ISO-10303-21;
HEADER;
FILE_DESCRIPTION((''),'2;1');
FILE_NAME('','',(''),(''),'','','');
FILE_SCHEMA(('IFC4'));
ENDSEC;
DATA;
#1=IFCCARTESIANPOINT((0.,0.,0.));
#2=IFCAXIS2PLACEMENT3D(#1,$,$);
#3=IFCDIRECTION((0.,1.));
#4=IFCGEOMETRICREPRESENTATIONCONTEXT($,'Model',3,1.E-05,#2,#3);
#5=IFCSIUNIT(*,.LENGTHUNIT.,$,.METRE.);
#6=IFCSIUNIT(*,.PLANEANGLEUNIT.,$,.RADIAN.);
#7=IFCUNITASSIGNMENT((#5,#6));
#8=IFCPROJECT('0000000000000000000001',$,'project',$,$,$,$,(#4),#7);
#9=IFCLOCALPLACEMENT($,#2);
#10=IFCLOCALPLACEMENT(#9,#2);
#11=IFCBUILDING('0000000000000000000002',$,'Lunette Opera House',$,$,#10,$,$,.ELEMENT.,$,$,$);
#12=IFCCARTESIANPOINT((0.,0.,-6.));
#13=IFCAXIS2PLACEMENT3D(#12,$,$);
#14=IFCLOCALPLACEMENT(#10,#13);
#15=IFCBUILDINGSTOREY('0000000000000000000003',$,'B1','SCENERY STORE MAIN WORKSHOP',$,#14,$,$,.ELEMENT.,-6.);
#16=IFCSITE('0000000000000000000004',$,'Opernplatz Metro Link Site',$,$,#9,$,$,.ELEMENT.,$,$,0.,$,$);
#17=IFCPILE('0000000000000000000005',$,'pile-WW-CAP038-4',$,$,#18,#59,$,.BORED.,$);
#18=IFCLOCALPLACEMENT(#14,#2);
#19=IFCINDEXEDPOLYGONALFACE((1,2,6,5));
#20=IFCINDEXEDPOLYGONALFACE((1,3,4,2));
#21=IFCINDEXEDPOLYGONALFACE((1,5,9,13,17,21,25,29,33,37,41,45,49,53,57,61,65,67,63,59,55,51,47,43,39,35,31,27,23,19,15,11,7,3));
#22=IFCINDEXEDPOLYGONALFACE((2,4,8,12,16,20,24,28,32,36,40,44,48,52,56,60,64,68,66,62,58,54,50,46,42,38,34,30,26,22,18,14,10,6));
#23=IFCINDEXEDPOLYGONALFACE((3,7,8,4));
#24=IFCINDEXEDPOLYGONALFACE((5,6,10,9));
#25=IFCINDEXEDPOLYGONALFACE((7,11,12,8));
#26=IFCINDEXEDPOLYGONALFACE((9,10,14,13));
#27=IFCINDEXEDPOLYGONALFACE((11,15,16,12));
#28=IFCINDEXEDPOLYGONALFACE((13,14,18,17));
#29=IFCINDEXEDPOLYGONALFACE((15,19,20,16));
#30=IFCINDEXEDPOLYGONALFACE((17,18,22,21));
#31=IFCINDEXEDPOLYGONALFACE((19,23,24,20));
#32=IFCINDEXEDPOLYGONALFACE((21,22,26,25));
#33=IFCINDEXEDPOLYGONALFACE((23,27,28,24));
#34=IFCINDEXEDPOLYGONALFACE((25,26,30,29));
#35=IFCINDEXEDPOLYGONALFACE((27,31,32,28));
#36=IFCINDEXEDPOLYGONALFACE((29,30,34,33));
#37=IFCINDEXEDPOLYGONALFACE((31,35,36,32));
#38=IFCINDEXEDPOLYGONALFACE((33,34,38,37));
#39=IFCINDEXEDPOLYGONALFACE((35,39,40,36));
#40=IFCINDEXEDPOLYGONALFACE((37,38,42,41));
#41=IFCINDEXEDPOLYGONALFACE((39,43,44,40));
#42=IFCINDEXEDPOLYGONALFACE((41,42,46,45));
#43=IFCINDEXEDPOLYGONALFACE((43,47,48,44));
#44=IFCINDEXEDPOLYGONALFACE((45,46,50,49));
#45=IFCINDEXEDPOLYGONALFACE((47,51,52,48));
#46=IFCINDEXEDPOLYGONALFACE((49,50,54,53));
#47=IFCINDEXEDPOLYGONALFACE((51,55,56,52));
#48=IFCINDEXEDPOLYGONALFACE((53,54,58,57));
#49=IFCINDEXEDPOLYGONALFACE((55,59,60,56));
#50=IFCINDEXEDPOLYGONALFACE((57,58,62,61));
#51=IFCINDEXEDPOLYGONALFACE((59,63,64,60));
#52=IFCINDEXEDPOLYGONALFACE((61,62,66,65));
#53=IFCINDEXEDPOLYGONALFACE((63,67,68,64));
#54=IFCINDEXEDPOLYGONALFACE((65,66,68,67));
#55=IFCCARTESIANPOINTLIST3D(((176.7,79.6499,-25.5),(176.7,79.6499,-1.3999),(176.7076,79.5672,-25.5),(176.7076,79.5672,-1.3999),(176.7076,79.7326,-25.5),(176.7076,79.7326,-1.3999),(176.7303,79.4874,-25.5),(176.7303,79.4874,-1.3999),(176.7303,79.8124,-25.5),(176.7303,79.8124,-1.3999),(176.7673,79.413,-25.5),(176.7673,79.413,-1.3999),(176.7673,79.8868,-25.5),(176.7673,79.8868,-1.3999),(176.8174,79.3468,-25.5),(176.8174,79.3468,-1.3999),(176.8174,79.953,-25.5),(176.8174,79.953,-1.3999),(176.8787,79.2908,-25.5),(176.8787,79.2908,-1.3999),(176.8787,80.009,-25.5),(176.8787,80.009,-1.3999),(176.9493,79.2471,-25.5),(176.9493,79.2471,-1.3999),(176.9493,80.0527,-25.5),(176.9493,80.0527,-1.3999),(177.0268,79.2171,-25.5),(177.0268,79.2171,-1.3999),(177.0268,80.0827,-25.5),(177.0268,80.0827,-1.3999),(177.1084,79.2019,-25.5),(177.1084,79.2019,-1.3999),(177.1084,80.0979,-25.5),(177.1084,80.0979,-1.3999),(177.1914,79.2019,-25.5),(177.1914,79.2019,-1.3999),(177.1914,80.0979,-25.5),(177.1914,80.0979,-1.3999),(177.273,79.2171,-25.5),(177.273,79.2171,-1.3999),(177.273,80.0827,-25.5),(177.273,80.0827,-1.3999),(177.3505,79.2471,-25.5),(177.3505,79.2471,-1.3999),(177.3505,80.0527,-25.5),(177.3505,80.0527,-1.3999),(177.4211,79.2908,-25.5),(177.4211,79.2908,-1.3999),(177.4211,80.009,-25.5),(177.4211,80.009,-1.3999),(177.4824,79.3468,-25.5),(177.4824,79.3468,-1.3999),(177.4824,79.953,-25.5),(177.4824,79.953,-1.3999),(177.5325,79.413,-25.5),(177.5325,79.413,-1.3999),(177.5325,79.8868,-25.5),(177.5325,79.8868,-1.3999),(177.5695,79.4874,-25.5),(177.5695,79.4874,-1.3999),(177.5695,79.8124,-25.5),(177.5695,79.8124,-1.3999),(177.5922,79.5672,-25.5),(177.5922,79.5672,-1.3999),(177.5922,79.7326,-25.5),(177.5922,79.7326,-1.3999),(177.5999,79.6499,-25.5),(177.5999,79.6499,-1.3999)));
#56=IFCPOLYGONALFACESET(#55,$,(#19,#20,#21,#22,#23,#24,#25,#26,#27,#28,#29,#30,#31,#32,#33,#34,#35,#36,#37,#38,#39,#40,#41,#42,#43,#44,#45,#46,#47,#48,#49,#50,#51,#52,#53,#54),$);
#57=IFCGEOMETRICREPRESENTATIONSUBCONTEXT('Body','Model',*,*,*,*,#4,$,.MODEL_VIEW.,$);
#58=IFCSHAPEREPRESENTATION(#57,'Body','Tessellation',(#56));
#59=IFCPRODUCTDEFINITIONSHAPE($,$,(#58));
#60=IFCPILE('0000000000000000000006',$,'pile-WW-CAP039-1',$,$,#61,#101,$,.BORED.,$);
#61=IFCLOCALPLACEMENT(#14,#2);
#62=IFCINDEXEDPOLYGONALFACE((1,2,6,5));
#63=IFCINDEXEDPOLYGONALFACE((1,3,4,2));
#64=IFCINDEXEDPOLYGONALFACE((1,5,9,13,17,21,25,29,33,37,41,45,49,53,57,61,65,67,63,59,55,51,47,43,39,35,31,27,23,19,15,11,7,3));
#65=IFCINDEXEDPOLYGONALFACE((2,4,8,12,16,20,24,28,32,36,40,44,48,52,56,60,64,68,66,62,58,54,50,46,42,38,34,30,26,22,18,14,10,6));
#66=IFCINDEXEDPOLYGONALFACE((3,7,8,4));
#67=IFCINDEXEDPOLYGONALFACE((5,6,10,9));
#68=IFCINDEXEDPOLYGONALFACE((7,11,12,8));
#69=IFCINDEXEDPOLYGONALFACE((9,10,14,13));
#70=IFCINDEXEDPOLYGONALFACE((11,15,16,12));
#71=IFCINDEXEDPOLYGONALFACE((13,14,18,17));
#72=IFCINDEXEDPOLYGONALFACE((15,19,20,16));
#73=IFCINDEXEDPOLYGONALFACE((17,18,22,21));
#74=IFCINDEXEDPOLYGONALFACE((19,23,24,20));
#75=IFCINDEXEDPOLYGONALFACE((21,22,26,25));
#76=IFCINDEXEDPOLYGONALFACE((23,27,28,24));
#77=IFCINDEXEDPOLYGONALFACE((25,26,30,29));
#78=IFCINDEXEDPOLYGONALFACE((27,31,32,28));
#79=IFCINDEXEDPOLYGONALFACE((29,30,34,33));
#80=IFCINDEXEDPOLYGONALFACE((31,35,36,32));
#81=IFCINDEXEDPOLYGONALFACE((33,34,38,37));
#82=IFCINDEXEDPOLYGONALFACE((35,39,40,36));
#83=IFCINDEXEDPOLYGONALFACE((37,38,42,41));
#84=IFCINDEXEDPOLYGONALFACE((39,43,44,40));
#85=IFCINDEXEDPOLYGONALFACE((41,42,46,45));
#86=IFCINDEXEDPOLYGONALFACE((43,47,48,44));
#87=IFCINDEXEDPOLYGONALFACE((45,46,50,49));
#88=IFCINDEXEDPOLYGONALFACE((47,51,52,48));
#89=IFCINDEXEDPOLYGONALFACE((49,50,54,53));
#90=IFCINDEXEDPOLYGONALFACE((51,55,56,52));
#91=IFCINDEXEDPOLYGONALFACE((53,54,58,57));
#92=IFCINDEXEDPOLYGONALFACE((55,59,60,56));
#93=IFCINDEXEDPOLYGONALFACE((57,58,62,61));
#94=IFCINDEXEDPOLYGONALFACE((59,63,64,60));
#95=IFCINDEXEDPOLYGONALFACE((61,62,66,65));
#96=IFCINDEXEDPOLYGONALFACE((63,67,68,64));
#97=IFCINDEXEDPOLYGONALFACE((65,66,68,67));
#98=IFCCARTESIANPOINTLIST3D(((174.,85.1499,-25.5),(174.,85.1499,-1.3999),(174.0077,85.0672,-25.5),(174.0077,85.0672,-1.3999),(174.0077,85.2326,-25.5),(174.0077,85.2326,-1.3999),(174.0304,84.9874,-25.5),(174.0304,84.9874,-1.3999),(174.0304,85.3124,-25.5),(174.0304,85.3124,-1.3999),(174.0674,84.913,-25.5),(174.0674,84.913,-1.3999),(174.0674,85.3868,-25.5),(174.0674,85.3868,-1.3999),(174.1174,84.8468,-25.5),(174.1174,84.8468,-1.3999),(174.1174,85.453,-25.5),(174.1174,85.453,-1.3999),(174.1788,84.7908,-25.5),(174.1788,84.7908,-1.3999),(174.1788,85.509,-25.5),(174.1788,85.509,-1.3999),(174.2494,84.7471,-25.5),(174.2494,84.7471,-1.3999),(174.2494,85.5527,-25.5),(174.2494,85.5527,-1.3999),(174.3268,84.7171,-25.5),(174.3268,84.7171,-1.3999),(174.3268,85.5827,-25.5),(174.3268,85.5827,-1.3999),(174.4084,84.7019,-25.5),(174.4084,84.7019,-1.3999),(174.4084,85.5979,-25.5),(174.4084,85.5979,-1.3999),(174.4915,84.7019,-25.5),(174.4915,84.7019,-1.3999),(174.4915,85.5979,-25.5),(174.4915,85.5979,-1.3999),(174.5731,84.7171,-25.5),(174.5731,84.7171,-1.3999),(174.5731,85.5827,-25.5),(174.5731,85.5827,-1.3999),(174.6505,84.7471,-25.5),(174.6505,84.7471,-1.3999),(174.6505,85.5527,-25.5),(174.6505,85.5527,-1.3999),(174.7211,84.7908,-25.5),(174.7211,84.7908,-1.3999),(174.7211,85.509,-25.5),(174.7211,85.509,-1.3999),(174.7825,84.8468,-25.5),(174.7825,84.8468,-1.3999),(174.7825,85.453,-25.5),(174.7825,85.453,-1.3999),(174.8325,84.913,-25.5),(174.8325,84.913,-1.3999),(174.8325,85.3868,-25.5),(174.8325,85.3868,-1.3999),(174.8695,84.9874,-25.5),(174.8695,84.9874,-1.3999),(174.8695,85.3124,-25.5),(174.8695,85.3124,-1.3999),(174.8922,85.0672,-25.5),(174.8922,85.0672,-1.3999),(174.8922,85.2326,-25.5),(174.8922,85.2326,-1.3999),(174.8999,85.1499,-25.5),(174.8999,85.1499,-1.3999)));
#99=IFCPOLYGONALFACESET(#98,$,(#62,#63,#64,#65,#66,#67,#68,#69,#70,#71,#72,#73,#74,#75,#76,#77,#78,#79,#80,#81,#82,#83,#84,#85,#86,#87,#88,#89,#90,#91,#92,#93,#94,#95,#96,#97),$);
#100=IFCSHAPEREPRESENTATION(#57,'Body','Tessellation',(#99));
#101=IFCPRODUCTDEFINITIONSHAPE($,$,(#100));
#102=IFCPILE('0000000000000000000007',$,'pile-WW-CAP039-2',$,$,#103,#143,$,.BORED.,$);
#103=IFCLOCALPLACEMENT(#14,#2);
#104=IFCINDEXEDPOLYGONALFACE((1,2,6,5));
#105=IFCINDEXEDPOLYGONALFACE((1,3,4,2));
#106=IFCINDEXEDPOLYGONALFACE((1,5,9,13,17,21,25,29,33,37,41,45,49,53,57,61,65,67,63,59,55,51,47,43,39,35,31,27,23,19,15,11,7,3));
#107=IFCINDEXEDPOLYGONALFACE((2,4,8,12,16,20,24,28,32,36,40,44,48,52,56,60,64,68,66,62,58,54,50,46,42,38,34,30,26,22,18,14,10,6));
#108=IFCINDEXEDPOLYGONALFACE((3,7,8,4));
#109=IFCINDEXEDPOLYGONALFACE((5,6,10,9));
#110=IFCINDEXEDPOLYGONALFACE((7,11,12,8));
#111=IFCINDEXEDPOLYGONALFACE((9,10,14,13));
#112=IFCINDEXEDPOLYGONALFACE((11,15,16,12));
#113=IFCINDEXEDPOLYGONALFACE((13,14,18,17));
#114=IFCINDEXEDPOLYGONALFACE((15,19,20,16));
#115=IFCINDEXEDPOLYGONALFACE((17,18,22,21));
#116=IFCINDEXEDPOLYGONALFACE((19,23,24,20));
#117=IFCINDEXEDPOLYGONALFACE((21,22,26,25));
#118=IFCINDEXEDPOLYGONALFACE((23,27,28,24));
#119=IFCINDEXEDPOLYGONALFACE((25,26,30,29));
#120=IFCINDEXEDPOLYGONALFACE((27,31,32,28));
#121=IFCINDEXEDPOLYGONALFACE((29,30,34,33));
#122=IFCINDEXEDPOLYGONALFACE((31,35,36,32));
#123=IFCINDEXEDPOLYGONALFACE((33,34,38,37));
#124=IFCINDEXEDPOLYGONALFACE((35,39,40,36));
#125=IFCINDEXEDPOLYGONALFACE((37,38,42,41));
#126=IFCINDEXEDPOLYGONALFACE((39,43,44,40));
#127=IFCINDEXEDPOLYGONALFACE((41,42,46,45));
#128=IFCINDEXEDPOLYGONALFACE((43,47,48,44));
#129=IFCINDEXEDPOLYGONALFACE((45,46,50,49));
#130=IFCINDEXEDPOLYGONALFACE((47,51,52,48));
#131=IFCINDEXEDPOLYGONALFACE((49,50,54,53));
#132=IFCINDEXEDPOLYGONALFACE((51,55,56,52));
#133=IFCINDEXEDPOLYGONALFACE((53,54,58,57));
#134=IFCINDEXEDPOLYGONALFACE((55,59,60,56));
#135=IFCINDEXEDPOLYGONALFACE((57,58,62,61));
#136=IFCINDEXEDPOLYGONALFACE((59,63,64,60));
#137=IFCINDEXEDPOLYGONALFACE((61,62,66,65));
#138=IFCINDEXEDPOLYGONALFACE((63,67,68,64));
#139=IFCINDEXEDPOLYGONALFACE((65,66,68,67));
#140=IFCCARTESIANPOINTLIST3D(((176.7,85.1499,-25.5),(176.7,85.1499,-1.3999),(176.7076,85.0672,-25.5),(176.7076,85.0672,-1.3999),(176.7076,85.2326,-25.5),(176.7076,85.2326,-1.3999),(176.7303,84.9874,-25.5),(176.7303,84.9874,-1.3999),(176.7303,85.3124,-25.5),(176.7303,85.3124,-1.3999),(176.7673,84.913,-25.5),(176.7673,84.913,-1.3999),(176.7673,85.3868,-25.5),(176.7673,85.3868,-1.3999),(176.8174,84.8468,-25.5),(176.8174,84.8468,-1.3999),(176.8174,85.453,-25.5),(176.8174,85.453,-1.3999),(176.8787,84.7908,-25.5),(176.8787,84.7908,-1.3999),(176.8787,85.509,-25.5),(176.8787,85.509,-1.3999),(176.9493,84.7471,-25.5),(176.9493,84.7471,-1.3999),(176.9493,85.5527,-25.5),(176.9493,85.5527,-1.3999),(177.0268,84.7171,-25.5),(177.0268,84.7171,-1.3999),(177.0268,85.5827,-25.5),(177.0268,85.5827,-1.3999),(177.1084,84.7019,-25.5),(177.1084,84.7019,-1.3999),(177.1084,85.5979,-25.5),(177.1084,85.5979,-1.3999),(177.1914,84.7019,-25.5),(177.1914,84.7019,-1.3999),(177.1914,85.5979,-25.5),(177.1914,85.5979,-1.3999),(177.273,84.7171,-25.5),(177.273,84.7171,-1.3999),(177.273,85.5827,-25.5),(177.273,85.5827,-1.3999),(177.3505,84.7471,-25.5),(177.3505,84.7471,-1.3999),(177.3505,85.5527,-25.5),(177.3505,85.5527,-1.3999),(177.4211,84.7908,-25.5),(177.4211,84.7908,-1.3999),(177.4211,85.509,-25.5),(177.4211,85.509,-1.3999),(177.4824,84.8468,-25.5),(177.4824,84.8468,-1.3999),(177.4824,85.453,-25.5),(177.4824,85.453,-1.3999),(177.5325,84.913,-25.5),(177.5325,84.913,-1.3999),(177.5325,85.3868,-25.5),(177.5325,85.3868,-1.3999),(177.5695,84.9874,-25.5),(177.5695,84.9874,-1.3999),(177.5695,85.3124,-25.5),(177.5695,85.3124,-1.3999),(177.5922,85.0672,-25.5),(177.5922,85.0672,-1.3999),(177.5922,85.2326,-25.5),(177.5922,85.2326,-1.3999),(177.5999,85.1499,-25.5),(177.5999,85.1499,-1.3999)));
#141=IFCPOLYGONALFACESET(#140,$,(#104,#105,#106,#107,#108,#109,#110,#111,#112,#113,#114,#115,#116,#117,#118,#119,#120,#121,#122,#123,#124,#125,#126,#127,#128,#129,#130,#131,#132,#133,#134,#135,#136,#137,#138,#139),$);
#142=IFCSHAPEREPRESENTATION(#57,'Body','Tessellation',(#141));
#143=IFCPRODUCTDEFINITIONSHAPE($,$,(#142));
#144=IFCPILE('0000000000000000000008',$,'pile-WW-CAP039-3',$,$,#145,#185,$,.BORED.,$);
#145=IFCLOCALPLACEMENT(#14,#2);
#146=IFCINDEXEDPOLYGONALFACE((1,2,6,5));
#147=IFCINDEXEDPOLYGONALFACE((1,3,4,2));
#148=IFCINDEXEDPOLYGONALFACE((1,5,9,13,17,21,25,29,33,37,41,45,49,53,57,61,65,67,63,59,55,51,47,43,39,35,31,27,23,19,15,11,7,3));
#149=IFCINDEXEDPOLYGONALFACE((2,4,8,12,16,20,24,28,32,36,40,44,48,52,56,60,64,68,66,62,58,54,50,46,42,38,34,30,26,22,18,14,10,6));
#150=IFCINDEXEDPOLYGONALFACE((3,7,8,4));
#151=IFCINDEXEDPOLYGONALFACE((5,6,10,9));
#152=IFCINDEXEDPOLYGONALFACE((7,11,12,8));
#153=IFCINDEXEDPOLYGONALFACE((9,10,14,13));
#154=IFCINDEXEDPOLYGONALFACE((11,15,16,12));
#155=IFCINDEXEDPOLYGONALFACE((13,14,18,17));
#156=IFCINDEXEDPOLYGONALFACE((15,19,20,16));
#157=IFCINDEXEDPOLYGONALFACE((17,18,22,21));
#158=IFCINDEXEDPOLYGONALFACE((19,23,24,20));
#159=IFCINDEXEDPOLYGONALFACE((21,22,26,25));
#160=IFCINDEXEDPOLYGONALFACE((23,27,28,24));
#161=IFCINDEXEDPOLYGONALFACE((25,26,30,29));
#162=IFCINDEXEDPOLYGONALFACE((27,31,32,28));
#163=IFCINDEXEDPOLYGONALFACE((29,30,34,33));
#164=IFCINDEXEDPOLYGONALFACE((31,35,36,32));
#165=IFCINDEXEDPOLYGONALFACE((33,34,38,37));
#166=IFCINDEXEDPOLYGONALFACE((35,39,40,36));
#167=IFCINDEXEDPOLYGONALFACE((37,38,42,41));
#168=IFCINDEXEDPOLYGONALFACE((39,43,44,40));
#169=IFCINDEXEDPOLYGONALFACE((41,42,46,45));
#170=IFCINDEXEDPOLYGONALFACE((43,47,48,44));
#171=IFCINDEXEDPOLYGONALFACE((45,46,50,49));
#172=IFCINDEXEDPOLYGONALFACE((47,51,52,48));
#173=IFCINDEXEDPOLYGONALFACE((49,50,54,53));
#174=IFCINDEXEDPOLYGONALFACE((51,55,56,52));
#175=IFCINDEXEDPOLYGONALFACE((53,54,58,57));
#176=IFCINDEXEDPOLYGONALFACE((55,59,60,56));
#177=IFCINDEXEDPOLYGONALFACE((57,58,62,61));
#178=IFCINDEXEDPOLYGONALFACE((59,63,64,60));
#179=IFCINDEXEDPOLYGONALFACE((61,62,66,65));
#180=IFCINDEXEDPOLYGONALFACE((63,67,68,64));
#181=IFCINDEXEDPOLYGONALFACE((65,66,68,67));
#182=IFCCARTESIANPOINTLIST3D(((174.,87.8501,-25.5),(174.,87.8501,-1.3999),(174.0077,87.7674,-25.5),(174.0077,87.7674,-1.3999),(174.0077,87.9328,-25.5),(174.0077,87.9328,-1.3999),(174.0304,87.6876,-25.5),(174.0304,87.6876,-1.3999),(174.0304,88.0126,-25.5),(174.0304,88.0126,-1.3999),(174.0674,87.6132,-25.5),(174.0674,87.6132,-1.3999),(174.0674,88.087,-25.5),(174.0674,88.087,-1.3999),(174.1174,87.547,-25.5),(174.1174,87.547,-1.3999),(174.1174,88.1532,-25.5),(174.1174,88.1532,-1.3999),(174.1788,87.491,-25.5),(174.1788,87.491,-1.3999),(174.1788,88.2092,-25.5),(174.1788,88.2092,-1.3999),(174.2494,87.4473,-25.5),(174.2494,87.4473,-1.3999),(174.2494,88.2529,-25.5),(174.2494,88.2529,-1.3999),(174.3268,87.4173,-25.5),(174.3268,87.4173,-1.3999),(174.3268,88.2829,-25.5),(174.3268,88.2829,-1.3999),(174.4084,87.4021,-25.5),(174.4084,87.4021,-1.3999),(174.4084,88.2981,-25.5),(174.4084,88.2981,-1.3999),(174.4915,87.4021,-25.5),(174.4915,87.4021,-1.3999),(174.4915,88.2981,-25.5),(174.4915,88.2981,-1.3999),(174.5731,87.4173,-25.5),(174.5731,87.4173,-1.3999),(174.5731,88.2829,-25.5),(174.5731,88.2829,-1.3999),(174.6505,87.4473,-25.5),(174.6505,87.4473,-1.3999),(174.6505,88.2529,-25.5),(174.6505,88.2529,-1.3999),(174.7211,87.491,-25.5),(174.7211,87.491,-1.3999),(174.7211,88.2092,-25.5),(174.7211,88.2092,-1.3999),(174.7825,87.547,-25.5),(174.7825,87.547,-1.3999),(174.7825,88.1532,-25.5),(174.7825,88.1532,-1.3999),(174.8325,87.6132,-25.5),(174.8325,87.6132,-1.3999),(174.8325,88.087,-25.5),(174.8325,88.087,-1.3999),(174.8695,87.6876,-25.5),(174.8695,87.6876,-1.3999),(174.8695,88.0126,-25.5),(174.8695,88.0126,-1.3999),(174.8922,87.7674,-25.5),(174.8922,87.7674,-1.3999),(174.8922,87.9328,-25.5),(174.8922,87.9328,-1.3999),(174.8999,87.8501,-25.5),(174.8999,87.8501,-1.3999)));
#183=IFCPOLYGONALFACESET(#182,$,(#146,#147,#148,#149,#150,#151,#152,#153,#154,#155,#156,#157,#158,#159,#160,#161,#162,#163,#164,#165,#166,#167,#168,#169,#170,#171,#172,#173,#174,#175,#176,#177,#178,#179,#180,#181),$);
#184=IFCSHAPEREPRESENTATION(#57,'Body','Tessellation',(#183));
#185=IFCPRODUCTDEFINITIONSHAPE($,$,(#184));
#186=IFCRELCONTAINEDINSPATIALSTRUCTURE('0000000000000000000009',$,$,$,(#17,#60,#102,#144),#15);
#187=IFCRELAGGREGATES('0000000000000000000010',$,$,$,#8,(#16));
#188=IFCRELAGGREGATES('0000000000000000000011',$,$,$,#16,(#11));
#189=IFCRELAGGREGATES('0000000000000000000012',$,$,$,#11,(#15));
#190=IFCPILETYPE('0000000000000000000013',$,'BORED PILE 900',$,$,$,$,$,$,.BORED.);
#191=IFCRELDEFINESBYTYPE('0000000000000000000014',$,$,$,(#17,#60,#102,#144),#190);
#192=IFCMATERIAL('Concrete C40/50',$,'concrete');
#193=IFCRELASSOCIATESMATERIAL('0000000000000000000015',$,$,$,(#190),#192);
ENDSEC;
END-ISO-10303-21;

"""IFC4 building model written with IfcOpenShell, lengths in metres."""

from ifc_helpers import new_model, si_unit, direction, frame, origin, origin_2d, place, context, subcontext, project, spatial, circle, extrude, material, material_profile, profile_set, type_object, element, save


model = new_model("IFC4")

# Units and contexts
model_context = context("Model", 3, precision=1e-05, world=origin(), true_north=direction((0.0, 1.0)))
body_context = subcontext(model_context, "Body", "Model", "MODEL_VIEW")
ifc_project = project(units=[si_unit("LENGTHUNIT", "METRE"), si_unit("PLANEANGLEUNIT", "RADIAN")], contexts=[model_context])

# Site, building, storey
site_placement = place(None, origin())
site = spatial("IfcSite", under=ifc_project, at=site_placement, Name="Opernplatz Metro Link Site", CompositionType="ELEMENT", RefElevation=0.0)
building_placement = place(site_placement, origin())
building = spatial("IfcBuilding", under=site, at=building_placement, Name="Lunette Opera House", CompositionType="ELEMENT")
storey_placement = place(building_placement, frame((0.0, 0.0, -6.0)))
storey = spatial("IfcBuildingStorey", under=building, at=storey_placement, Name="B1", Description="SCENERY STORE MAIN WORKSHOP", CompositionType="ELEMENT", Elevation=-6.0)

# Piles
ifc_material_1 = material(Name="Concrete C40/50", Category="concrete")
ifc_material_profile_1 = material_profile(ifc_material_1, circle(Radius=0.45, at=origin_2d()), Name="BORED PILE 900")
ifc_profile_set_1 = profile_set([ifc_material_profile_1], Name="Concrete C40/50")
pile_type = type_object("IfcPileType", Name="BORED PILE 900", PredefinedType="BORED", material=ifc_profile_set_1)
for number, where, z_axis, x_axis, name in (
    (1, (177.1499, 79.6499, -1.3999), (0.0, 0.0, -1.0), (1.0, 0.0, 0.0), "pile-WW-CAP038-4"),
    (2, (174.45, 85.1499, -1.3999), (0.0, 0.0, -1.0), (1.0, 0.0, 0.0), "pile-WW-CAP039-1"),
    (3, (177.1499, 85.1499, -1.3999), (0.0, 0.0, -1.0), (1.0, 0.0, 0.0), "pile-WW-CAP039-2"),
    (4, (174.45, 87.8501, -1.3999), (0.0, 0.0, -1.0), (1.0, 0.0, 0.0), "pile-WW-CAP039-3"),
):
    element("IfcPile", number, at=place(storey_placement, frame(where, z_axis=z_axis, x_axis=x_axis)), inside=storey, type_object=pile_type, Name=name, PredefinedType="BORED", context=body_context, shape_type="SweptSolid", body=[
        extrude(circle(Radius=0.45, at=origin_2d()), origin(), (0.0, 0.0, 1.0), 24.1001),
    ])

save(model, "model.ifc")
